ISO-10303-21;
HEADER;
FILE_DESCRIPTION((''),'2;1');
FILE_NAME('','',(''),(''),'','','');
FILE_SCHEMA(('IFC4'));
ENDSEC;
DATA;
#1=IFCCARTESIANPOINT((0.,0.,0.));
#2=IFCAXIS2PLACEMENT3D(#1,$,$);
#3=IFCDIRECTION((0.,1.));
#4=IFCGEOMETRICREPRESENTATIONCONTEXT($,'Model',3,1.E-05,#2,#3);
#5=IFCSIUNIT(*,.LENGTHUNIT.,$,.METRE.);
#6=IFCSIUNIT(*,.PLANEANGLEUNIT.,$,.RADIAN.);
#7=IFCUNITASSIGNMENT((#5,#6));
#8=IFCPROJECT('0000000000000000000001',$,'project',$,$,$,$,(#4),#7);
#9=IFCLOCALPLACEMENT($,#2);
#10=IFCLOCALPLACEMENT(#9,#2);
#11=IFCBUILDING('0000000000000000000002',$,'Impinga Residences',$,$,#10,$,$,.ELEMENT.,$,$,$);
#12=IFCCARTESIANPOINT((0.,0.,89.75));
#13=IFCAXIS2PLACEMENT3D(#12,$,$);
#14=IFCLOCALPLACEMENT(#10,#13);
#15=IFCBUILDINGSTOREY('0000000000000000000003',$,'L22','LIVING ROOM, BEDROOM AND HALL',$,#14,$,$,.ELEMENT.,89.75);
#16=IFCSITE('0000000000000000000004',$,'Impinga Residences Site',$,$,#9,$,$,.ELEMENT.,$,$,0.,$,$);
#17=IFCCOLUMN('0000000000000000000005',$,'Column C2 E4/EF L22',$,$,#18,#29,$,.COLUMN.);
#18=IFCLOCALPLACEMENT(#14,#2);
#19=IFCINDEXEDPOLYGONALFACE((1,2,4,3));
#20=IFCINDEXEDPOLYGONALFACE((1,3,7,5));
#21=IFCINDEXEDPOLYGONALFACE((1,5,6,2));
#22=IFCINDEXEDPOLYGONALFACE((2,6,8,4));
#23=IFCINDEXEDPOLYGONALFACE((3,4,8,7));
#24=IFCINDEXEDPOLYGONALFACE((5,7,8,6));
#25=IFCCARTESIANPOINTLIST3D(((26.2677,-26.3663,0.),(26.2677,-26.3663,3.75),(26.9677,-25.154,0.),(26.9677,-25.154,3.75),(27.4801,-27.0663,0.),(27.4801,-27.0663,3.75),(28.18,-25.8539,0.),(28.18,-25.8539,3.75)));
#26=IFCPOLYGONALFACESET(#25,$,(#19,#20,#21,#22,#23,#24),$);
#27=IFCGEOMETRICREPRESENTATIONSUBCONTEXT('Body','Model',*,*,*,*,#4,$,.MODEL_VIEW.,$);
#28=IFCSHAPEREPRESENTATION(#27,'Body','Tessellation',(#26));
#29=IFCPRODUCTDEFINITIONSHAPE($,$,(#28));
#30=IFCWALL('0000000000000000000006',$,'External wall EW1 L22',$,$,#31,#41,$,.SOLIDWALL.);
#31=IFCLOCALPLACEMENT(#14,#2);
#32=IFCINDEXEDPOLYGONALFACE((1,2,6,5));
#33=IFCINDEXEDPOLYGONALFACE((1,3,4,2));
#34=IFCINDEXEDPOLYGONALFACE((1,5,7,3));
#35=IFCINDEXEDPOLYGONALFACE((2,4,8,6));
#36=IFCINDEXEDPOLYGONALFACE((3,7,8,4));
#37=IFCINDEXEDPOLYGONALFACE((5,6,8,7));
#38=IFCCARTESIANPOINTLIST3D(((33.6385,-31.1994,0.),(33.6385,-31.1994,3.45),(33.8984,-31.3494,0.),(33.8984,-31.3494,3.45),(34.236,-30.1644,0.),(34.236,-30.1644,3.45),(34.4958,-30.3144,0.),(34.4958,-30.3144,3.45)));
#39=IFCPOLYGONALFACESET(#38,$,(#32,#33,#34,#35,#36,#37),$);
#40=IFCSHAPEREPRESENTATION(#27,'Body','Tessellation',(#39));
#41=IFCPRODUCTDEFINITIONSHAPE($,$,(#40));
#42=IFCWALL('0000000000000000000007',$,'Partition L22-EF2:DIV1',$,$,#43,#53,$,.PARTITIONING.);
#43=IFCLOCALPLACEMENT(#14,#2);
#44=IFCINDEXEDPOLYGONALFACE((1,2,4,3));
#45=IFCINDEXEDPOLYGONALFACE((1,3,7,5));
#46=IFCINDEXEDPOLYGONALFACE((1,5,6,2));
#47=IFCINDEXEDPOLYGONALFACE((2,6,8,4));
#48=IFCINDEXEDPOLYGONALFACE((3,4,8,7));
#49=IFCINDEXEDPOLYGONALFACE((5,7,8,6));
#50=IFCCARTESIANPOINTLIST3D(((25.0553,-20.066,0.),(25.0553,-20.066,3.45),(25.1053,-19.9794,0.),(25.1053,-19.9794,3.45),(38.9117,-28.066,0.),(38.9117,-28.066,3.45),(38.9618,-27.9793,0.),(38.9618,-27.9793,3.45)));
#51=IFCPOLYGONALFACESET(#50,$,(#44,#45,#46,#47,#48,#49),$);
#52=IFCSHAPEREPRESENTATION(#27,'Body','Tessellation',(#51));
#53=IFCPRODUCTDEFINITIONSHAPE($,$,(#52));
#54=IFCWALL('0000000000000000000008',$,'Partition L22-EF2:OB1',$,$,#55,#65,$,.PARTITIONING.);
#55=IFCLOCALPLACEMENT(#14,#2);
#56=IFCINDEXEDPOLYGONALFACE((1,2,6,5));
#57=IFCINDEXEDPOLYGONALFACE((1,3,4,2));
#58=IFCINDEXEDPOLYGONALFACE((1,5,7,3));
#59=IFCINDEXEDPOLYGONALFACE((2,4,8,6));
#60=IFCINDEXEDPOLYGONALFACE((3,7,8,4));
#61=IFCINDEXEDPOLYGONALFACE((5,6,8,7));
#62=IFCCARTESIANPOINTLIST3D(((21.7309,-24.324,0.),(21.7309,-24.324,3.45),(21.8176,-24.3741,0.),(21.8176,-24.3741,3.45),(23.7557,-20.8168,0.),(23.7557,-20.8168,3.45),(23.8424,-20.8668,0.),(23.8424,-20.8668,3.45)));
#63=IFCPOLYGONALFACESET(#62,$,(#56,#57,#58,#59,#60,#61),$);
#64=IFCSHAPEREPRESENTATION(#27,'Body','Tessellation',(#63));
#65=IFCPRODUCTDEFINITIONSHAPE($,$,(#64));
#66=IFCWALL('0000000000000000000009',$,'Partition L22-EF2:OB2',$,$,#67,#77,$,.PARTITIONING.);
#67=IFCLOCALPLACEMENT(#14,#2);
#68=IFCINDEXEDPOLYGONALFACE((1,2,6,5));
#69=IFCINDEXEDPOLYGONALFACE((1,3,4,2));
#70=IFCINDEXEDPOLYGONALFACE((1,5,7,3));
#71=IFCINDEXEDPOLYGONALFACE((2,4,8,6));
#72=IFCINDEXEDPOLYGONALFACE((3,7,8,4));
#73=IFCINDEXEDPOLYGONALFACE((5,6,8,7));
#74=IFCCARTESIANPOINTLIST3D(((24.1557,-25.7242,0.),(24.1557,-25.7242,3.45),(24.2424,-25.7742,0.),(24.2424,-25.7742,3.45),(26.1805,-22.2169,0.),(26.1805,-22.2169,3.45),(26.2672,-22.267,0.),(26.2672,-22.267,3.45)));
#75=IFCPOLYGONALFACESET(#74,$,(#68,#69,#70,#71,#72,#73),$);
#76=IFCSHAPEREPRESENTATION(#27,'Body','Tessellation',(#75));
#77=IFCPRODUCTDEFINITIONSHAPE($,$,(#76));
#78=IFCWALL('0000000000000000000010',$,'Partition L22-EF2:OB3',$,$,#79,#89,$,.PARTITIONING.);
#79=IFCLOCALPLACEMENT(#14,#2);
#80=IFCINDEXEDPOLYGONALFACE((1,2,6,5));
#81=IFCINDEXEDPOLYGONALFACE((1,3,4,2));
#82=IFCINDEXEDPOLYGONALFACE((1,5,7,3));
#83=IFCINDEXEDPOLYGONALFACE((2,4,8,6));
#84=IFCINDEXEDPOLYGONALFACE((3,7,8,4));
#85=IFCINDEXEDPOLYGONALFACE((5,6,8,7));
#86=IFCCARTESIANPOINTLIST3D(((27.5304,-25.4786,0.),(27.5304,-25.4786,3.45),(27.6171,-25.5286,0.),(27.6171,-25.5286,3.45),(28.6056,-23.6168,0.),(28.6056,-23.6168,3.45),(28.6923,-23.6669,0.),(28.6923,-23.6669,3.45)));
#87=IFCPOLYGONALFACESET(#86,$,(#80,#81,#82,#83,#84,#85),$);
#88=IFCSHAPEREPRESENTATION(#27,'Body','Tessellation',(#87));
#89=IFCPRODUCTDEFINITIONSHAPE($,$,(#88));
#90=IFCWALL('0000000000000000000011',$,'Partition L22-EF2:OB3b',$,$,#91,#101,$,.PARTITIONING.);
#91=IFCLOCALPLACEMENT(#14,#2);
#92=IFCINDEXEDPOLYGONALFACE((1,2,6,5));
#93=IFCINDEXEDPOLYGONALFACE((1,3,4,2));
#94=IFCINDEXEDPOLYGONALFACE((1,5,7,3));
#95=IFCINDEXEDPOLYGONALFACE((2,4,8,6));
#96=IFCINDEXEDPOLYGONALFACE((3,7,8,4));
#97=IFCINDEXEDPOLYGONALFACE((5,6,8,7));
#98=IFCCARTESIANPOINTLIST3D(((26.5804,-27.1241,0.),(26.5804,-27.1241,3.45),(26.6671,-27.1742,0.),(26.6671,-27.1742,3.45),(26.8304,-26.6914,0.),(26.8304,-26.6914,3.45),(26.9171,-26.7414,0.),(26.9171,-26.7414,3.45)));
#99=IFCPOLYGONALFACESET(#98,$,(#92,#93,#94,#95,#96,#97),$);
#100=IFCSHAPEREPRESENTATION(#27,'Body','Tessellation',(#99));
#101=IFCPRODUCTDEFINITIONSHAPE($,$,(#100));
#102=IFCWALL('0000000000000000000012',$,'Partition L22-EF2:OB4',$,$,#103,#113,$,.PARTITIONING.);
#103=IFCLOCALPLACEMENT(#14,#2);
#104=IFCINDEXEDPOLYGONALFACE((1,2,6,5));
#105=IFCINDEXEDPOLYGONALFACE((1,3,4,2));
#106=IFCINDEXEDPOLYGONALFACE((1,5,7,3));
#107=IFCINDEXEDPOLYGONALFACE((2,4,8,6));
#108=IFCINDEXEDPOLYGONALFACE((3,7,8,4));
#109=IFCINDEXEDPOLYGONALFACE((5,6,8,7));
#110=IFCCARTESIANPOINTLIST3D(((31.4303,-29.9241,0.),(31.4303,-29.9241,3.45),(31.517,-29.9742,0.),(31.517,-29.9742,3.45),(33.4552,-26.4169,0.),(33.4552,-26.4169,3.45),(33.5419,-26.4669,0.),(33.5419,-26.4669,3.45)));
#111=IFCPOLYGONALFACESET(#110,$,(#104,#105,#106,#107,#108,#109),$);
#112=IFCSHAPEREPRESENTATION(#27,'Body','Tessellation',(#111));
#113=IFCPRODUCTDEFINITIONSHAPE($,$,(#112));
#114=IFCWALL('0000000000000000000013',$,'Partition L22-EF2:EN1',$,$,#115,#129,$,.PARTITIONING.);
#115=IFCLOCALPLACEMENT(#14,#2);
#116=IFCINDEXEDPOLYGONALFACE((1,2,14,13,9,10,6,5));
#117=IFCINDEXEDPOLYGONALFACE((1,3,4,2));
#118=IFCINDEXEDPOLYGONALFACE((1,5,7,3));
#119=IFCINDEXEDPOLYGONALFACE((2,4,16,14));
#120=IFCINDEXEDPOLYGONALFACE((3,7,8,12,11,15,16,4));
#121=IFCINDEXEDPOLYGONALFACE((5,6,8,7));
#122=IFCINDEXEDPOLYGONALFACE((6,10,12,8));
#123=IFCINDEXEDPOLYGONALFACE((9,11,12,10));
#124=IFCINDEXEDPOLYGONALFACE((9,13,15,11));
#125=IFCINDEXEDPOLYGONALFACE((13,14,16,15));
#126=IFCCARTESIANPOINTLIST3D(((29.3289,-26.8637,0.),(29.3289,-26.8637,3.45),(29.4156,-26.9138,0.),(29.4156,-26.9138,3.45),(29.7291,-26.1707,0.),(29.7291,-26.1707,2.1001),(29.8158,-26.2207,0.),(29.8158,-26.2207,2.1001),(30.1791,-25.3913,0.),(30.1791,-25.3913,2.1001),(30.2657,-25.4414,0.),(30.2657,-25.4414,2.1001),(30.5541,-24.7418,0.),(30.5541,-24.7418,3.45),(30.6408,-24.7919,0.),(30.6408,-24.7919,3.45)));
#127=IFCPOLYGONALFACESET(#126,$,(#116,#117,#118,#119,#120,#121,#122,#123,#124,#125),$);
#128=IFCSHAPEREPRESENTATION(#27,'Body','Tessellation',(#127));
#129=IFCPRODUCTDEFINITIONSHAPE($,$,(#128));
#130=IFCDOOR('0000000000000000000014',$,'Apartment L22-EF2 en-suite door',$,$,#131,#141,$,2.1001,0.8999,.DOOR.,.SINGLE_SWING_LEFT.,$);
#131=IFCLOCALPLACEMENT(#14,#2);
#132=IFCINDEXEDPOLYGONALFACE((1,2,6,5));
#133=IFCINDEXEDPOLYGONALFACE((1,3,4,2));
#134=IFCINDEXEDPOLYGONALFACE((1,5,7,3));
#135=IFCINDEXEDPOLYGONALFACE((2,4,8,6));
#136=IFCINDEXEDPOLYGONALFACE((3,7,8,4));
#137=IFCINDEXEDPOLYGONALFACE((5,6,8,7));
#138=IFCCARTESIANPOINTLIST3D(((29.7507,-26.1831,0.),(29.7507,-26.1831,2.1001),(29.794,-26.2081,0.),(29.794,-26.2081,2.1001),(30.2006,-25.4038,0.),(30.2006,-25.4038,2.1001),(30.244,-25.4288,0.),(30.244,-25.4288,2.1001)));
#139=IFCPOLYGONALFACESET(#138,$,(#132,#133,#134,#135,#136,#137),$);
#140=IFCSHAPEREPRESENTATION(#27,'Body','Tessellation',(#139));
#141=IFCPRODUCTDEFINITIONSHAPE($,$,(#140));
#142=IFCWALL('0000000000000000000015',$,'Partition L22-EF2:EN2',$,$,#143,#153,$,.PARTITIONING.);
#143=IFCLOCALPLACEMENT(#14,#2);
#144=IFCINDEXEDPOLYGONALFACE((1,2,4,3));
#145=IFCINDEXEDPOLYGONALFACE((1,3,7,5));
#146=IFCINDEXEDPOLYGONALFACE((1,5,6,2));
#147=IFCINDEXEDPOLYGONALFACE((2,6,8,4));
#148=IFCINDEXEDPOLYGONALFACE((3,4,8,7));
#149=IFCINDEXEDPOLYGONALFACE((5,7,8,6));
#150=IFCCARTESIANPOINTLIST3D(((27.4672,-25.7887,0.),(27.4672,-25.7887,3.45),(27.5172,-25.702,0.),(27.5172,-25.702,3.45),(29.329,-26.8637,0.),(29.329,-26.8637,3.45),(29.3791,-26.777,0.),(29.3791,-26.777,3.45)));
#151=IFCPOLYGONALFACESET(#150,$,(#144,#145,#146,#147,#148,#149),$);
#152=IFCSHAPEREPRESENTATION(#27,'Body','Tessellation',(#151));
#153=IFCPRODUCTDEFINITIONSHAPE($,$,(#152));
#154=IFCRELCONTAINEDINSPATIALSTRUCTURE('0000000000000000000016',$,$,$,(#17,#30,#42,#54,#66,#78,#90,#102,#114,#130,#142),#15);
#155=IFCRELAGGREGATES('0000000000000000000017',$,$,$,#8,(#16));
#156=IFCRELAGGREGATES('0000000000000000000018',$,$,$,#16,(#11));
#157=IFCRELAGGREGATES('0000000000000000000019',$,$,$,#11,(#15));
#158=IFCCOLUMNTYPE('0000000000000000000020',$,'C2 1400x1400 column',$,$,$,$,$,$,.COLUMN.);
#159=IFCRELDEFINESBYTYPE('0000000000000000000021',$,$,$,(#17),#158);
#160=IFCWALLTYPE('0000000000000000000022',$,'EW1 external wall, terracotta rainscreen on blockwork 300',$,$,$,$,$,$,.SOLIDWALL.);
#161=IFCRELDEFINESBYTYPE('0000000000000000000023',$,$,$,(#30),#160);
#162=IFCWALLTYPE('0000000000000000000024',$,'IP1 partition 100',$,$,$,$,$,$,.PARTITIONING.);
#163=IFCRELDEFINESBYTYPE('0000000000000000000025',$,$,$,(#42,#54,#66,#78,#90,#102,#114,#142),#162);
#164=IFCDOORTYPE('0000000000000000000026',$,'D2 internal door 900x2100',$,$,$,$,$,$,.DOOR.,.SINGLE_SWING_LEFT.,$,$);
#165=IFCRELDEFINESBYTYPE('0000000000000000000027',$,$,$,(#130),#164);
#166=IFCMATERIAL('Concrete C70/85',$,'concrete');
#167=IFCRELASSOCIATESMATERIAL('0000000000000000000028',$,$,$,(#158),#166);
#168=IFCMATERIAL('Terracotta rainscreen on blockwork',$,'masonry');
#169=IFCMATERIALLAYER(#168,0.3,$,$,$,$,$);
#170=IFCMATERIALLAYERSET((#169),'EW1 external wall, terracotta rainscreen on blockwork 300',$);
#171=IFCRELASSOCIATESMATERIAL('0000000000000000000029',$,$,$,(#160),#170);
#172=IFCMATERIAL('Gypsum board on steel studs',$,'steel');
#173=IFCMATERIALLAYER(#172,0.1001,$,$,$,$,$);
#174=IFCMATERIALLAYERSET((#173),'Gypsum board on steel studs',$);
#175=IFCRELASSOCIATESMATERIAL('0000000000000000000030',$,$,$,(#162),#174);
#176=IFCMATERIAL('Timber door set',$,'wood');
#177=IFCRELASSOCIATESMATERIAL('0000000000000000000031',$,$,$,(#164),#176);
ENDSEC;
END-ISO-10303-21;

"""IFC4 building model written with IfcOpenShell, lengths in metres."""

from ifc_helpers import new_model, si_unit, direction, frame, frame_2d, origin, origin_2d, place, context, subcontext, project, spatial, rectangle, extrude, material, layer, layer_set, material_profile, profile_set, type_object, element, fill, save


model = new_model("IFC4")

# Units and contexts
model_context = context("Model", 3, precision=1e-05, world=origin(), true_north=direction((0.0, 1.0)))
body_context = subcontext(model_context, "Body", "Model", "MODEL_VIEW")
ifc_project = project(units=[si_unit("LENGTHUNIT", "METRE"), si_unit("PLANEANGLEUNIT", "RADIAN")], contexts=[model_context])

# Site, building, storey
site_placement = place(None, origin())
site = spatial("IfcSite", under=ifc_project, at=site_placement, Name="Impinga Residences Site", CompositionType="ELEMENT", RefElevation=0.0)
building_placement = place(site_placement, origin())
building = spatial("IfcBuilding", under=site, at=building_placement, Name="Impinga Residences", CompositionType="ELEMENT")
storey_placement = place(building_placement, frame((0.0, 0.0, 89.75)))
storey = spatial("IfcBuildingStorey", under=building, at=storey_placement, Name="L22", Description="LIVING ROOM, BEDROOM AND HALL", CompositionType="ELEMENT", Elevation=89.75)

# Column
ifc_material_1 = material(Name="Concrete C70/85", Category="concrete")
ifc_material_profile = material_profile(ifc_material_1, rectangle(XDim=1.3999, YDim=1.3999, at=origin_2d()), Name="RC 1400x1400")
ifc_profile_set = profile_set([ifc_material_profile], Name="Concrete C70/85")
column_type = type_object("IfcColumnType", Name="C2 1400x1400 column", PredefinedType="COLUMN", material=ifc_profile_set)
column_placement = place(storey_placement, frame((27.2239, -26.1101, 0.0), z_axis=(0.0, 0.0, 1.0), x_axis=(-0.5, -0.866025, 0.0)))
element("IfcColumn", 1, at=column_placement, inside=storey, type_object=column_type, Name="Column C2 E4/EF L22", PredefinedType="COLUMN", context=body_context, shape_type="SweptSolid", body=[
    extrude(rectangle(XDim=1.3999, YDim=1.3999, at=origin_2d()), origin(), (0.0, 0.0, 1.0), 3.75),
])

# Wall
ifc_material_2 = material(Name="Terracotta rainscreen on blockwork", Category="masonry")
ifc_layer_1 = layer(ifc_material_2, 0.3)
ifc_layer_set_1 = layer_set([ifc_layer_1], Name="EW1 external wall, terracotta rainscreen on blockwork 300")
wall_type_1 = type_object("IfcWallType", Name="EW1 external wall, terracotta rainscreen on blockwork 300", PredefinedType="SOLIDWALL", material=ifc_layer_set_1)
wall_1_placement = place(storey_placement, frame((34.366, -30.2393, 0.0), z_axis=(0.0, 0.0, 1.0), x_axis=(-0.499941, -0.86606, 0.0)))
element("IfcWall", 2, at=wall_1_placement, inside=storey, type_object=wall_type_1, Name="External wall EW1 L22", PredefinedType="SOLIDWALL", context=body_context, shape_type="SweptSolid", body=[
    extrude(rectangle(XDim=1.1951, YDim=0.3, at=frame_2d((0.5977, 0.0))), origin(), (0.0, 0.0, 1.0), 3.45),
])

# Walls
ifc_material_3 = material(Name="Gypsum board on steel studs", Category="steel")
ifc_layer_2 = layer(ifc_material_3, 0.1001)
ifc_layer_set_2 = layer_set([ifc_layer_2], Name="Gypsum board on steel studs")
wall_type_2 = type_object("IfcWallType", Name="IP1 partition 100", PredefinedType="PARTITIONING", material=ifc_layer_set_2)
wall_2_placement = place(storey_placement, frame((25.0803, -20.0227, 0.0), z_axis=(0.0, 0.0, 1.0), x_axis=(0.866026, -0.499999, 0.0)))
element("IfcWall", 3, at=wall_2_placement, inside=storey, type_object=wall_type_2, Name="Partition L22-EF2:DIV1", PredefinedType="PARTITIONING", context=body_context, shape_type="SweptSolid", body=[
    extrude(rectangle(XDim=16.0, YDim=0.1001, at=frame_2d((8.0, 0.0))), origin(), (0.0, 0.0, 1.0), 3.45),
])
for number, where, z_axis, x_axis, name in (
    (4, (23.7991, -20.8418, 0.0), (0.0, 0.0, 1.0), (-0.49999, -0.866031, 0.0), "Partition L22-EF2:OB1"),
    (5, (26.2239, -22.2419, 0.0), (0.0, 0.0, 1.0), (-0.49999, -0.866031, 0.0), "Partition L22-EF2:OB2"),
):
    element("IfcWall", number, at=place(storey_placement, frame(where, z_axis=z_axis, x_axis=x_axis)), inside=storey, type_object=wall_type_2, Name=name, PredefinedType="PARTITIONING", context=body_context, shape_type="SweptSolid", body=[
        extrude(rectangle(XDim=4.0498, YDim=0.1001, at=frame_2d((2.0249, 0.0))), origin(), (0.0, 0.0, 1.0), 3.45),
    ])
wall_3_placement = place(storey_placement, frame((28.6489, -23.6418, 0.0), z_axis=(0.0, 0.0, 1.0), x_axis=(-0.500096, -0.86597, 0.0)))
element("IfcWall", 6, at=wall_3_placement, inside=storey, type_object=wall_type_2, Name="Partition L22-EF2:OB3", PredefinedType="PARTITIONING", context=body_context, shape_type="SweptSolid", body=[
    extrude(rectangle(XDim=2.1499, YDim=0.1001, at=frame_2d((1.075, 0.0))), origin(), (0.0, 0.0, 1.0), 3.45),
])
wall_4_placement = place(storey_placement, frame((26.8738, -26.7163, 0.0), z_axis=(0.0, 0.0, 1.0), x_axis=(-0.500131, -0.86595, 0.0)))
element("IfcWall", 7, at=wall_4_placement, inside=storey, type_object=wall_type_2, Name="Partition L22-EF2:OB3b", PredefinedType="PARTITIONING", context=body_context, shape_type="SweptSolid", body=[
    extrude(rectangle(XDim=0.4998, YDim=0.1001, at=frame_2d((0.25, 0.0))), origin(), (0.0, 0.0, 1.0), 3.45),
])
wall_5_placement = place(storey_placement, frame((33.4985, -26.4419, 0.0), z_axis=(0.0, 0.0, 1.0), x_axis=(-0.49999, -0.866031, 0.0)))
element("IfcWall", 8, at=wall_5_placement, inside=storey, type_object=wall_type_2, Name="Partition L22-EF2:OB4", PredefinedType="PARTITIONING", context=body_context, shape_type="SweptSolid", body=[
    extrude(rectangle(XDim=4.0498, YDim=0.1001, at=frame_2d((2.0249, 0.0))), origin(), (0.0, 0.0, 1.0), 3.45),
])

# Wall, opening, door
wall_6_placement = place(storey_placement, frame((30.5974, -24.7668, 0.0), z_axis=(0.0, 0.0, 1.0), x_axis=(-0.500019, -0.866015, 0.0)))
wall_6 = element("IfcWall", 9, at=wall_6_placement, inside=storey, type_object=wall_type_2, Name="Partition L22-EF2:EN1", PredefinedType="PARTITIONING", context=body_context, shape_type="SweptSolid", body=[
    extrude(rectangle(XDim=2.4502, YDim=0.1001, at=frame_2d((1.2251, 0.0))), origin(), (0.0, 0.0, 1.0), 3.45),
])
opening_1_placement = place(wall_6_placement, frame((0.75, 0.0, 0.0)))
opening_1 = element("IfcOpeningElement", 10, at=opening_1_placement, cuts=wall_6, PredefinedType="OPENING", context=body_context, shape_type="SweptSolid", body=[
    extrude(rectangle(XDim=0.8999, YDim=2.1001, at=frame_2d((0.45, 1.05))), frame((0.0, 0.0601, 0.0), z_axis=(0.0, -1.0, 0.0), x_axis=(1.0, 0.0, 0.0)), (0.0, 0.0, 1.0), 0.1201),
])
ifc_material_4 = material(Name="Timber door set", Category="wood")
door_type = type_object("IfcDoorType", Name="D2 internal door 900x2100", OperationType="SINGLE_SWING_LEFT", PredefinedType="DOOR", material=ifc_material_4)
door_placement = place(opening_1_placement, origin())
door = element("IfcDoor", 11, at=door_placement, inside=storey, type_object=door_type, Name="Apartment L22-EF2 en-suite door", OperationType="SINGLE_SWING_LEFT", OverallHeight=2.1001, OverallWidth=0.8999, PredefinedType="DOOR", context=body_context, shape_type="SweptSolid", body=[
    extrude(rectangle(XDim=0.8999, YDim=2.1001, at=frame_2d((0.45, 1.05))), frame((0.0, 0.0249, 0.0), z_axis=(0.0, -1.0, 0.0), x_axis=(1.0, 0.0, 0.0)), (0.0, 0.0, 1.0), 0.05),
])
fill(opening_1, door)

# Wall
wall_7_placement = place(storey_placement, frame((27.4922, -25.7454, 0.0), z_axis=(0.0, 0.0, 1.0), x_axis=(0.866019, -0.500011, 0.0)))
element("IfcWall", 12, at=wall_7_placement, inside=storey, type_object=wall_type_2, Name="Partition L22-EF2:EN2", PredefinedType="PARTITIONING", context=body_context, shape_type="SweptSolid", body=[
    extrude(rectangle(XDim=2.1499, YDim=0.1001, at=frame_2d((1.075, 0.0))), origin(), (0.0, 0.0, 1.0), 3.45),
])

save(model, "model.ifc")
